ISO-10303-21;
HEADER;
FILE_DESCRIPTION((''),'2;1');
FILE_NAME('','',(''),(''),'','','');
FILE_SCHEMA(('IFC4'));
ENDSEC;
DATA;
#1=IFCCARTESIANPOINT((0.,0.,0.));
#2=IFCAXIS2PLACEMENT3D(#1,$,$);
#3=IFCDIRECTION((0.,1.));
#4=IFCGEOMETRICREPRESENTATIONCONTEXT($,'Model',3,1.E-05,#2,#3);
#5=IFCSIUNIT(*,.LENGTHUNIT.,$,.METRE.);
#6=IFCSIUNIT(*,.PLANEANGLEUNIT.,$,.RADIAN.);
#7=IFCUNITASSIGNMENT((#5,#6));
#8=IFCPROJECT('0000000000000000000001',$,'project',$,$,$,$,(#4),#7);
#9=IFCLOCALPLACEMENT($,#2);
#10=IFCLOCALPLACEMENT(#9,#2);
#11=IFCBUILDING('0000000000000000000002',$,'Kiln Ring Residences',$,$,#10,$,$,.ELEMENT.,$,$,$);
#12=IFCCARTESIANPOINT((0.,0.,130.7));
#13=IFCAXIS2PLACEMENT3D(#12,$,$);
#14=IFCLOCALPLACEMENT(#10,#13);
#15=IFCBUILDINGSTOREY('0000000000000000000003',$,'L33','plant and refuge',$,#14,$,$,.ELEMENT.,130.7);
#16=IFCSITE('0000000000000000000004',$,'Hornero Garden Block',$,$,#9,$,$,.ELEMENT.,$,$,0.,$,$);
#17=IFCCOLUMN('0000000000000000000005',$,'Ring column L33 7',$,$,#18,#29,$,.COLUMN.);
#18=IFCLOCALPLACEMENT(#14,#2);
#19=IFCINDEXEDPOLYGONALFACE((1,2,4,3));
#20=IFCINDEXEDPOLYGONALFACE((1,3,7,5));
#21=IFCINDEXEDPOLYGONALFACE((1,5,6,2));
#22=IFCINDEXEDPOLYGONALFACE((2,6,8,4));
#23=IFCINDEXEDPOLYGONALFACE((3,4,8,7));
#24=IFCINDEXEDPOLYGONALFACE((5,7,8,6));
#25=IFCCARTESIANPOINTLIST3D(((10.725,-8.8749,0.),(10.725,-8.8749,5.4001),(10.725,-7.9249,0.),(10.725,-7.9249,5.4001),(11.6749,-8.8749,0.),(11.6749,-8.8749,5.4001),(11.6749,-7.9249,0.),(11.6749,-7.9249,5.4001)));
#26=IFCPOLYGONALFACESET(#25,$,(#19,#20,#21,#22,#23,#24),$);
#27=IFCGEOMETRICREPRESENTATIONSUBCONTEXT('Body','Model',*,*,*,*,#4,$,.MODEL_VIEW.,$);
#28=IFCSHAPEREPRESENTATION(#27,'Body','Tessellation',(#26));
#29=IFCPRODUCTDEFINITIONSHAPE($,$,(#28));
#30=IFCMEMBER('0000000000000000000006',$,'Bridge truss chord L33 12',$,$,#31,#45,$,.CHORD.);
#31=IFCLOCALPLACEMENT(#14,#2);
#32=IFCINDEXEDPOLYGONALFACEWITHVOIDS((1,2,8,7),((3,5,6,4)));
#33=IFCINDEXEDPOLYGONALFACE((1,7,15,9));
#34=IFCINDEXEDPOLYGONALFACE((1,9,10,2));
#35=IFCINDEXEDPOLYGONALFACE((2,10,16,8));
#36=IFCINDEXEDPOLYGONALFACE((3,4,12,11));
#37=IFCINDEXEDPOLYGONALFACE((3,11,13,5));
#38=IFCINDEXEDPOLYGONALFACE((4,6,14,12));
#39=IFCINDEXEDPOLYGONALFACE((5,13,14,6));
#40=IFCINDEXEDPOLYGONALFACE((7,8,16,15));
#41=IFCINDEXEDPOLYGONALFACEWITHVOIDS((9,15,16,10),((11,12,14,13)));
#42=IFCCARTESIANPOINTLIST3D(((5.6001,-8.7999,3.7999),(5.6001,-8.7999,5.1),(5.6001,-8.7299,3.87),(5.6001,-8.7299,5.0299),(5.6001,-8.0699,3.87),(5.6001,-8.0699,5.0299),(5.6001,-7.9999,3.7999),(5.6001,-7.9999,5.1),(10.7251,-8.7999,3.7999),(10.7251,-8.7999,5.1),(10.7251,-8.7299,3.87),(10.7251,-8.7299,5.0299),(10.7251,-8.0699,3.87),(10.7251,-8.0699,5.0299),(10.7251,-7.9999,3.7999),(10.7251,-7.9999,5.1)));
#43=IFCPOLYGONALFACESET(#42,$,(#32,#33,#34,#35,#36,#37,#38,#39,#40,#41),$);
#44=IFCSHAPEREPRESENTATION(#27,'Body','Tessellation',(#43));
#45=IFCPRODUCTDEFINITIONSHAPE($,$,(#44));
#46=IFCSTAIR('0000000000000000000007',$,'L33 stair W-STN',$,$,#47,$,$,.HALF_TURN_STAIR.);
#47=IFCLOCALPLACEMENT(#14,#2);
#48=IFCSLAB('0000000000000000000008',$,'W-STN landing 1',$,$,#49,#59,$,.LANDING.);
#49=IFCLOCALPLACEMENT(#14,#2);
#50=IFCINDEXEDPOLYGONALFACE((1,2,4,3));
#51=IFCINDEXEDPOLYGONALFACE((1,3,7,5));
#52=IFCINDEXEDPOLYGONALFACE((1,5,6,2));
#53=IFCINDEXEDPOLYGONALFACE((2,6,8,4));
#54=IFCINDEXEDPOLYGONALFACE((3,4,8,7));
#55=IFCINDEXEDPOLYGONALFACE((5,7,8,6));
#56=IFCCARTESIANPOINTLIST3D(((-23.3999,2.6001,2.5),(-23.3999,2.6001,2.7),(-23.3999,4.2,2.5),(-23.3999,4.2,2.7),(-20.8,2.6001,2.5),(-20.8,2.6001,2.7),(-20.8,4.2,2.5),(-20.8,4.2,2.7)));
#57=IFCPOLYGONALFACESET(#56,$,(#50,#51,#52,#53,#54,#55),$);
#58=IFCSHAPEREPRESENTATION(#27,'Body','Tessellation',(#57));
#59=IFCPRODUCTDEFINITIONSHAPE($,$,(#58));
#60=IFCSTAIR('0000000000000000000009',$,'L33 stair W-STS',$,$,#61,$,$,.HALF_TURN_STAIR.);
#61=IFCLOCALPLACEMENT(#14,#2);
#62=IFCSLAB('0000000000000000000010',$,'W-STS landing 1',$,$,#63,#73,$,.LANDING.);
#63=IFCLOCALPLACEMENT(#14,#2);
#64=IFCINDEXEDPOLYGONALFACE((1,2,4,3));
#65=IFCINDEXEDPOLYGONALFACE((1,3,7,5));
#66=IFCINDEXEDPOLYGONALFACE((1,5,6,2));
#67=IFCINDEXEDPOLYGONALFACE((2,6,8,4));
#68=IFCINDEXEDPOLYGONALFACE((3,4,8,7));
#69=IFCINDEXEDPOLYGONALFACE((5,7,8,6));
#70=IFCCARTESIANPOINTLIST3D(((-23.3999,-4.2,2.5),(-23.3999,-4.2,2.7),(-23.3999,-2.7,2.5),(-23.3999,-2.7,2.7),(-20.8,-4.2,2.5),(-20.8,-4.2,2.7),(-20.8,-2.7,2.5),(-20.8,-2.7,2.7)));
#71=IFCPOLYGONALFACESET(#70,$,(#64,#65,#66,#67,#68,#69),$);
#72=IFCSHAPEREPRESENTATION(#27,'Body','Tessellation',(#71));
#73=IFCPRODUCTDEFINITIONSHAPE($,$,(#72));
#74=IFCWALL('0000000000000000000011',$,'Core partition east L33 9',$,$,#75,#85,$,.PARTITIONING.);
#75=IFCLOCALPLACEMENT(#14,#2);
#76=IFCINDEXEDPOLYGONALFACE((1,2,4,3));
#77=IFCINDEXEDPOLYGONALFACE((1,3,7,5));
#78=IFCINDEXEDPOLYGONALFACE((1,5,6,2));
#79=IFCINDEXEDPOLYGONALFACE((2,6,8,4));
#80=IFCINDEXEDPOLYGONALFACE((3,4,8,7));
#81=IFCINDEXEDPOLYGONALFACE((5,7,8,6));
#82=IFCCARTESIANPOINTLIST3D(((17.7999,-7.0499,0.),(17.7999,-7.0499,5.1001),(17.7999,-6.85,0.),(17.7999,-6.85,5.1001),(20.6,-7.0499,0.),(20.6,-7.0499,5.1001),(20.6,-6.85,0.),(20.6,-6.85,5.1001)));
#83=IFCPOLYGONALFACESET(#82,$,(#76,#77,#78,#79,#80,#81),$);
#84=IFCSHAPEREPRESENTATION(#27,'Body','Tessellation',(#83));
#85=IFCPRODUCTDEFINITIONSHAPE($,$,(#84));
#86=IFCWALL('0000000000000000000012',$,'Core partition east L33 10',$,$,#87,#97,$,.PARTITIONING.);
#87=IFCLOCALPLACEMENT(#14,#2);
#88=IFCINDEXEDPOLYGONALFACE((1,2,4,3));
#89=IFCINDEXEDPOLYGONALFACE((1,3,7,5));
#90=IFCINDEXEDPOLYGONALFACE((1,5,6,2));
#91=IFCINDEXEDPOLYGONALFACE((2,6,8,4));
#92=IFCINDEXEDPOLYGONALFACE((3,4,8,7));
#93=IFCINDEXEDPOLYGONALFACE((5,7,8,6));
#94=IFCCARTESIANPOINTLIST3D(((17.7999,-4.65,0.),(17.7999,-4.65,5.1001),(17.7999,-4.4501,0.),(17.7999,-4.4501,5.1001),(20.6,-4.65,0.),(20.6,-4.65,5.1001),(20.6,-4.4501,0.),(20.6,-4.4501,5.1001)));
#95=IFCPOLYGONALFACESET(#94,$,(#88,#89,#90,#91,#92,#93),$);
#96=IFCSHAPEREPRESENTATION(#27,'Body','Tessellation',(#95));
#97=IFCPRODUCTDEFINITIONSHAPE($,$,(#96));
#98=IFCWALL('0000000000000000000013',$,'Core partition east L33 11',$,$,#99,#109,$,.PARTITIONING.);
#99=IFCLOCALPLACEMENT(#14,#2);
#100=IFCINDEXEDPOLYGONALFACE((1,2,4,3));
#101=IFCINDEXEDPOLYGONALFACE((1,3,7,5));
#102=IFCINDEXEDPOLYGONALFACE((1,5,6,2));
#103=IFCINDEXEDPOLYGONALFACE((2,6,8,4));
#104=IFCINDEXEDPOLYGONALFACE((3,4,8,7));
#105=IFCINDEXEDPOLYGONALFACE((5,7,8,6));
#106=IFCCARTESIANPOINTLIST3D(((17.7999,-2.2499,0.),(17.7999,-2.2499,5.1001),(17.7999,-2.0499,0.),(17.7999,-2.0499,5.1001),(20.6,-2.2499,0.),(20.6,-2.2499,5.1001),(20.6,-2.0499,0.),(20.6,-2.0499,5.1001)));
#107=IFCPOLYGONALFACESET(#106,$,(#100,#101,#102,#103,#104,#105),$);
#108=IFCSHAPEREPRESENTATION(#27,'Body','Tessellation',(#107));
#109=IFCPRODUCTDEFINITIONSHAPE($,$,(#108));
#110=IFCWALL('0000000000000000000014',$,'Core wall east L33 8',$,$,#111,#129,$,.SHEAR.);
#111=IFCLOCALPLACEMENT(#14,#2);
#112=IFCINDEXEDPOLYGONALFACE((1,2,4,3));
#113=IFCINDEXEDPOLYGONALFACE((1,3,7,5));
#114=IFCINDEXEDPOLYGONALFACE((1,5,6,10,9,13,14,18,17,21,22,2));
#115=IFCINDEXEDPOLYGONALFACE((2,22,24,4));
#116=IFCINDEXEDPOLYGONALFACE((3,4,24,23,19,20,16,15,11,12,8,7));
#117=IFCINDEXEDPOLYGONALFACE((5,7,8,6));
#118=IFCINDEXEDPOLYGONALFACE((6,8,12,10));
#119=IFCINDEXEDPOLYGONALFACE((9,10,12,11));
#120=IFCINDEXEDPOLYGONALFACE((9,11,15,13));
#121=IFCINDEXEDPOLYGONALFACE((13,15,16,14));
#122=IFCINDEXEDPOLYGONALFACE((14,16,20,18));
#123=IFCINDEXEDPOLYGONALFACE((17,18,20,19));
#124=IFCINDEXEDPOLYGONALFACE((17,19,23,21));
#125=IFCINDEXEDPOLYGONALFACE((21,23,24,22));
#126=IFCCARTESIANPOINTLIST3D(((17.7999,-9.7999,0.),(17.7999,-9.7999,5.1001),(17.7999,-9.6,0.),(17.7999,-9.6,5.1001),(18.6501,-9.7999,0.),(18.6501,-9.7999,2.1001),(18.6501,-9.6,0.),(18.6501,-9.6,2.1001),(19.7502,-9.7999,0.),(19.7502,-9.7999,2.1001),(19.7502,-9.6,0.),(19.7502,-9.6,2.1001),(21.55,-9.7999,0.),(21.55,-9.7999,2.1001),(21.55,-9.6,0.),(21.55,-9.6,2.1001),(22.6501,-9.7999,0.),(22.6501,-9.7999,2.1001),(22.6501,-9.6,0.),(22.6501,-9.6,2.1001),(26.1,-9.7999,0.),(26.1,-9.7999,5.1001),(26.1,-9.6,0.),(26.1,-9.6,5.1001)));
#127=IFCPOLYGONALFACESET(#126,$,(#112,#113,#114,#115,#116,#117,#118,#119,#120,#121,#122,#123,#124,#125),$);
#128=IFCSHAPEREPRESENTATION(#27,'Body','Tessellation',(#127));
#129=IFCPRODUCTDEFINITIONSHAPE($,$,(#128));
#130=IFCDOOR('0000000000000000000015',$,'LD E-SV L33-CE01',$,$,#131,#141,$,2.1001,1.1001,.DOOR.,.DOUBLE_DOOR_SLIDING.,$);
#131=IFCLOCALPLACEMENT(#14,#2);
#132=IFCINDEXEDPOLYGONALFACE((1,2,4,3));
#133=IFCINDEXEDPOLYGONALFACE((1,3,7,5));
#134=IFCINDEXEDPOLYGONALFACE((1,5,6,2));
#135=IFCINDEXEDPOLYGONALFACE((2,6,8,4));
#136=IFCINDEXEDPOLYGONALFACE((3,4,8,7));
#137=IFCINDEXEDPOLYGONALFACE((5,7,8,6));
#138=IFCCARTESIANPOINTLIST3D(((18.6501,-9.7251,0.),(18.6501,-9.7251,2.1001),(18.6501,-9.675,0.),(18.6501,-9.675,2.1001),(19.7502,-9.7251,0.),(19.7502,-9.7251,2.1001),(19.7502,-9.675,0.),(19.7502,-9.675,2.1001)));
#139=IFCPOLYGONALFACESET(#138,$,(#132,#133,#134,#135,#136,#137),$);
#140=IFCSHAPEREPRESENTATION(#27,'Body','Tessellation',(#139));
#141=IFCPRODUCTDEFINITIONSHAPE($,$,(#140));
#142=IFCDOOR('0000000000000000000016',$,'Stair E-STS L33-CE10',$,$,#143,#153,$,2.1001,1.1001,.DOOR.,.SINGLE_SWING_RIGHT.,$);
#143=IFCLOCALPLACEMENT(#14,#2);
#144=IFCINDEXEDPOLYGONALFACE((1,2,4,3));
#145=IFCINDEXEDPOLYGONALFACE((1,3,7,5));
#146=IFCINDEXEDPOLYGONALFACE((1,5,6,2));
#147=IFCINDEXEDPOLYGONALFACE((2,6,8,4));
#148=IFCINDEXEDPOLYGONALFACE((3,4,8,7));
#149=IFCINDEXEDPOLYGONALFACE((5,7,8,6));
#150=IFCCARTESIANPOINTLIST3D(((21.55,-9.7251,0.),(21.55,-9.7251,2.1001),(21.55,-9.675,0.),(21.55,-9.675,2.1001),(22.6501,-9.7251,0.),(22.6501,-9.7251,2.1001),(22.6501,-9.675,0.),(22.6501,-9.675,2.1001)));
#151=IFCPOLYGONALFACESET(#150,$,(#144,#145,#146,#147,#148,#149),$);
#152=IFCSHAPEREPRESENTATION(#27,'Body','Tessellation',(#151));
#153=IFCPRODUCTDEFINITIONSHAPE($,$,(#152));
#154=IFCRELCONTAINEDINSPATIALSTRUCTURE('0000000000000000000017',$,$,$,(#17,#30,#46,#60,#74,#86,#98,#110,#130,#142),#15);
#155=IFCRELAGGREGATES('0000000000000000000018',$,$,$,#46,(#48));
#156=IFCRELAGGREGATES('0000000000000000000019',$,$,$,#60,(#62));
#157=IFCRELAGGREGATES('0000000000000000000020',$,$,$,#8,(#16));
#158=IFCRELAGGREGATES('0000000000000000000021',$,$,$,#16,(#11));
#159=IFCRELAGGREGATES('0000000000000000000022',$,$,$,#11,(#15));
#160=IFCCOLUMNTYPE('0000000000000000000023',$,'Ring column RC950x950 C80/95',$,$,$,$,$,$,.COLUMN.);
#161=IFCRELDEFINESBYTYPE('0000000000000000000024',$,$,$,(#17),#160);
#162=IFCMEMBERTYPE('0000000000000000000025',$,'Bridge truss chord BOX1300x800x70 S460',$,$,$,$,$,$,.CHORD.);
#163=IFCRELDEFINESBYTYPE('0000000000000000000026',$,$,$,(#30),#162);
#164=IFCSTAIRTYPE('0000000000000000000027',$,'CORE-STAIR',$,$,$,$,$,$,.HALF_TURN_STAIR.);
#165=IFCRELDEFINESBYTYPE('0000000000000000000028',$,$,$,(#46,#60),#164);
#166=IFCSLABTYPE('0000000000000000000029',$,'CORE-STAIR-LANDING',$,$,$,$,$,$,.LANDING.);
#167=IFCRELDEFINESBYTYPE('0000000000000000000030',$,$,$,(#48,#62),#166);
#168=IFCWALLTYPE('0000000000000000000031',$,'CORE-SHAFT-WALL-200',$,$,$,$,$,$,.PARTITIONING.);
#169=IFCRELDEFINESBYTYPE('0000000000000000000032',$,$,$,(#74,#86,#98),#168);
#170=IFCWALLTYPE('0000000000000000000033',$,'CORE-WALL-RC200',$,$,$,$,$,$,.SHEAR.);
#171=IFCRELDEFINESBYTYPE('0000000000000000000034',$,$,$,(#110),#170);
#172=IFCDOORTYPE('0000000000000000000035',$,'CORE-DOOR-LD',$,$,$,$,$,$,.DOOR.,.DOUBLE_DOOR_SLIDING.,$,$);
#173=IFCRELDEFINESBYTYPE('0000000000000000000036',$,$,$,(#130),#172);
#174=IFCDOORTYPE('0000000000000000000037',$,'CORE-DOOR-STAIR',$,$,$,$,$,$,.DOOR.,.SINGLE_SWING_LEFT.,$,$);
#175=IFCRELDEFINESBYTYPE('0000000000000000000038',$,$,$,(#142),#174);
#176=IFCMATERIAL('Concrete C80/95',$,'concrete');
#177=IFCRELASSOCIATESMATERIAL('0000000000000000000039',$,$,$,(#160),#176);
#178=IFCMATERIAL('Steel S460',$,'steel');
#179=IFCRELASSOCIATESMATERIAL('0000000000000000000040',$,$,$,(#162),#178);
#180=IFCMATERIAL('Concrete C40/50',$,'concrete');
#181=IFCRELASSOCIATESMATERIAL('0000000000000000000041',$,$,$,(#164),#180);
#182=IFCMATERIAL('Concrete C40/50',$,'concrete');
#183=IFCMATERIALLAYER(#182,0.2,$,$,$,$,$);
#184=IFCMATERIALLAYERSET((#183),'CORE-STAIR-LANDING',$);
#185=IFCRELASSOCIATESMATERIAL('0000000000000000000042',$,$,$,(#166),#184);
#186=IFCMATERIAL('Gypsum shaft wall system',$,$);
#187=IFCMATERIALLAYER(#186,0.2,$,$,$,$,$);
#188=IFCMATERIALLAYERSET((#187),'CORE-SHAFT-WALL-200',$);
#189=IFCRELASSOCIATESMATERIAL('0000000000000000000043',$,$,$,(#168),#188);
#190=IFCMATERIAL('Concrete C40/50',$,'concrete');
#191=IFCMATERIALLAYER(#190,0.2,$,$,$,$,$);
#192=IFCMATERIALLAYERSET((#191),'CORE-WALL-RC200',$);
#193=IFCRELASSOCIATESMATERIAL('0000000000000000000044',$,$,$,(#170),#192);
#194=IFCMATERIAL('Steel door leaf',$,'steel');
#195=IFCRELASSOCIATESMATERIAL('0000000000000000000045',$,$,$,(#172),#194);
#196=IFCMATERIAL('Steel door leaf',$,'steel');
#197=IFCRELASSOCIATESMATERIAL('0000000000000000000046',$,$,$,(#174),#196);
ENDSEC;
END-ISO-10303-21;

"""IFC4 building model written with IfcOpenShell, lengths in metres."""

from ifc_helpers import new_model, si_unit, direction, frame, frame_2d, origin, origin_2d, place, context, subcontext, project, spatial, polyline, rectangle, hollow_rectangle, outline, extrude, material, layer, layer_set, material_profile, profile_set, type_object, element, fill, aggregate, save


model = new_model("IFC4")

# Units and contexts
model_context = context("Model", 3, precision=1e-05, world=origin(), true_north=direction((0.0, 1.0)))
body_context = subcontext(model_context, "Body", "Model", "MODEL_VIEW")
ifc_project = project(units=[si_unit("LENGTHUNIT", "METRE"), si_unit("PLANEANGLEUNIT", "RADIAN")], contexts=[model_context])

# Site, building, storey
site_placement = place(None, origin())
site = spatial("IfcSite", under=ifc_project, at=site_placement, Name="Hornero Garden Block", CompositionType="ELEMENT", RefElevation=0.0)
building_placement = place(site_placement, origin())
building = spatial("IfcBuilding", under=site, at=building_placement, Name="Kiln Ring Residences", CompositionType="ELEMENT")
storey_placement = place(building_placement, frame((0.0, 0.0, 130.7)))
storey = spatial("IfcBuildingStorey", under=building, at=storey_placement, Name="L33", Description="plant and refuge", CompositionType="ELEMENT", Elevation=130.7)

# Column
ifc_material_1 = material(Name="Concrete C80/95", Category="concrete")
ifc_material_profile_1 = material_profile(ifc_material_1, rectangle(XDim=0.95, YDim=0.95, at=origin_2d()), Name="RC950x950")
ifc_profile_set_1 = profile_set([ifc_material_profile_1], Name="Concrete C80/95")
column_type = type_object("IfcColumnType", Name="Ring column RC950x950 C80/95", PredefinedType="COLUMN", material=ifc_profile_set_1)
column_placement = place(storey_placement, frame((11.2, -8.3999, 0.0), z_axis=(0.0, 0.0, 1.0), x_axis=(1.0, 0.0, 0.0)))
element("IfcColumn", 1, at=column_placement, inside=storey, type_object=column_type, Name="Ring column L33 7", PredefinedType="COLUMN", context=body_context, shape_type="SweptSolid", body=[
    extrude(rectangle(XDim=0.95, YDim=0.95, at=origin_2d()), origin(), (0.0, 0.0, 1.0), 5.4001),
])

# Member
ifc_material_2 = material(Name="Steel S460", Category="steel")
ifc_material_profile_2 = material_profile(ifc_material_2, hollow_rectangle(XDim=0.8, YDim=1.3, WallThickness=0.0701, at=origin_2d()), Name="BOX1300x800x70")
ifc_profile_set_2 = profile_set([ifc_material_profile_2], Name="Steel S460")
member_type = type_object("IfcMemberType", Name="Bridge truss chord BOX1300x800x70 S460", PredefinedType="CHORD", material=ifc_profile_set_2)
member_placement = place(storey_placement, frame((5.6001, -8.3999, 4.45), z_axis=(1.0, 0.0, 0.0), x_axis=(0.0, 1.0, 0.0)))
element("IfcMember", 2, at=member_placement, inside=storey, type_object=member_type, Name="Bridge truss chord L33 12", PredefinedType="CHORD", context=body_context, shape_type="SweptSolid", body=[
    extrude(hollow_rectangle(XDim=0.8, YDim=1.3, WallThickness=0.0701, at=origin_2d()), origin(), (0.0, 0.0, 1.0), 5.125),
])

# Stairs, slabs
ifc_material_3 = material(Name="Concrete C40/50", Category="concrete")
stair_type = type_object("IfcStairType", Name="CORE-STAIR", PredefinedType="HALF_TURN_STAIR", material=ifc_material_3)
placement_1 = place(storey_placement, origin())
stair_1 = element("IfcStair", 3, at=placement_1, inside=storey, type_object=stair_type, Name="L33 stair W-STN", PredefinedType="HALF_TURN_STAIR")
ifc_material_4 = material(Name="Concrete C40/50", Category="concrete")
ifc_layer_1 = layer(ifc_material_4, 0.2)
ifc_layer_set_1 = layer_set([ifc_layer_1], Name="CORE-STAIR-LANDING")
slab_type = type_object("IfcSlabType", Name="CORE-STAIR-LANDING", PredefinedType="LANDING", material=ifc_layer_set_1)
placement_2 = place(storey_placement, frame((0.0, 0.0, 2.5)))
slab_1 = element("IfcSlab", 4, at=placement_2, type_object=slab_type, Name="W-STN landing 1", PredefinedType="LANDING", context=body_context, shape_type="SweptSolid", body=[
    extrude(outline(polyline([(-23.3999, 4.2), (-23.3999, 2.6001), (-20.8, 2.6001), (-20.8, 4.2), (-23.3999, 4.2)])), origin(), (0.0, 0.0, 1.0), 0.2),
])
aggregate(stair_1, [slab_1])
stair_2 = element("IfcStair", 5, at=placement_1, inside=storey, type_object=stair_type, Name="L33 stair W-STS", PredefinedType="HALF_TURN_STAIR")
slab_2 = element("IfcSlab", 6, at=placement_2, type_object=slab_type, Name="W-STS landing 1", PredefinedType="LANDING", context=body_context, shape_type="SweptSolid", body=[
    extrude(outline(polyline([(-20.8, -4.2), (-20.8, -2.7), (-23.3999, -2.7), (-23.3999, -4.2), (-20.8, -4.2)])), origin(), (0.0, 0.0, 1.0), 0.2),
])
aggregate(stair_2, [slab_2])

# Walls
ifc_material_5 = material(Name="Gypsum shaft wall system")
ifc_layer_2 = layer(ifc_material_5, 0.2)
ifc_layer_set_2 = layer_set([ifc_layer_2], Name="CORE-SHAFT-WALL-200")
wall_type_1 = type_object("IfcWallType", Name="CORE-SHAFT-WALL-200", PredefinedType="PARTITIONING", material=ifc_layer_set_2)
for number, where, z_axis, x_axis, name in (
    (7, (17.8, -6.95, 0.0), (0.0, 0.0, 1.0), (1.0, 0.0, 0.0), "Core partition east L33 9"),
    (8, (17.8, -4.55, 0.0), (0.0, 0.0, 1.0), (1.0, 0.0, 0.0), "Core partition east L33 10"),
    (9, (17.8, -2.1499, 0.0), (0.0, 0.0, 1.0), (1.0, 0.0, 0.0), "Core partition east L33 11"),
):
    element("IfcWall", number, at=place(storey_placement, frame(where, z_axis=z_axis, x_axis=x_axis)), inside=storey, type_object=wall_type_1, Name=name, PredefinedType="PARTITIONING", context=body_context, shape_type="SweptSolid", body=[
        extrude(rectangle(XDim=2.8, YDim=0.2, at=frame_2d((1.3999, 0.0))), origin(), (0.0, 0.0, 1.0), 5.1001),
    ])

# Wall, openings, doors
ifc_material_6 = material(Name="Concrete C40/50", Category="concrete")
ifc_layer_3 = layer(ifc_material_6, 0.2)
ifc_layer_set_3 = layer_set([ifc_layer_3], Name="CORE-WALL-RC200")
wall_type_2 = type_object("IfcWallType", Name="CORE-WALL-RC200", PredefinedType="SHEAR", material=ifc_layer_set_3)
wall_1_placement = place(storey_placement, frame((17.8, -9.7, 0.0), z_axis=(0.0, 0.0, 1.0), x_axis=(1.0, 0.0, 0.0)))
wall_1 = element("IfcWall", 10, at=wall_1_placement, inside=storey, type_object=wall_type_2, Name="Core wall east L33 8", PredefinedType="SHEAR", context=body_context, shape_type="SweptSolid", body=[
    extrude(rectangle(XDim=8.3, YDim=0.2, at=frame_2d((4.1499, 0.0))), origin(), (0.0, 0.0, 1.0), 5.1001),
])
opening_1_placement = place(wall_1_placement, frame((0.8501, 0.0, 0.0)))
opening_1 = element("IfcOpeningElement", 11, at=opening_1_placement, cuts=wall_1, PredefinedType="OPENING", context=body_context, shape_type="SweptSolid", body=[
    extrude(rectangle(XDim=1.1001, YDim=2.1001, at=frame_2d((0.55, 1.05))), frame((0.0, 0.1099, 0.0), z_axis=(0.0, -1.0, 0.0), x_axis=(1.0, 0.0, 0.0)), (0.0, 0.0, 1.0), 0.22),
])
opening_2_placement = place(wall_1_placement, frame((3.75, 0.0, 0.0)))
opening_2 = element("IfcOpeningElement", 12, at=opening_2_placement, cuts=wall_1, PredefinedType="OPENING", context=body_context, shape_type="SweptSolid", body=[
    extrude(rectangle(XDim=1.1001, YDim=2.1001, at=frame_2d((0.55, 1.05))), frame((0.0, 0.1099, 0.0), z_axis=(0.0, -1.0, 0.0), x_axis=(1.0, 0.0, 0.0)), (0.0, 0.0, 1.0), 0.22),
])
ifc_material_7 = material(Name="Steel door leaf", Category="steel")
door_type_1 = type_object("IfcDoorType", Name="CORE-DOOR-LD", OperationType="DOUBLE_DOOR_SLIDING", PredefinedType="DOOR", material=ifc_material_7)
door_1_placement = place(opening_1_placement, origin())
door_1 = element("IfcDoor", 13, at=door_1_placement, inside=storey, type_object=door_type_1, Name="LD E-SV L33-CE01", OperationType="DOUBLE_DOOR_SLIDING", OverallHeight=2.1001, OverallWidth=1.1001, PredefinedType="DOOR", context=body_context, shape_type="SweptSolid", body=[
    extrude(rectangle(XDim=1.1001, YDim=2.1001, at=frame_2d((0.55, 1.05))), frame((0.0, 0.0249, 0.0), z_axis=(0.0, -1.0, 0.0), x_axis=(1.0, 0.0, 0.0)), (0.0, 0.0, 1.0), 0.05),
])
fill(opening_1, door_1)
ifc_material_8 = material(Name="Steel door leaf", Category="steel")
door_type_2 = type_object("IfcDoorType", Name="CORE-DOOR-STAIR", OperationType="SINGLE_SWING_LEFT", PredefinedType="DOOR", material=ifc_material_8)
door_2_placement = place(opening_2_placement, origin())
door_2 = element("IfcDoor", 14, at=door_2_placement, inside=storey, type_object=door_type_2, Name="Stair E-STS L33-CE10", OperationType="SINGLE_SWING_RIGHT", OverallHeight=2.1001, OverallWidth=1.1001, PredefinedType="DOOR", context=body_context, shape_type="SweptSolid", body=[
    extrude(rectangle(XDim=1.1001, YDim=2.1001, at=frame_2d((0.55, 1.05))), frame((0.0, 0.0249, 0.0), z_axis=(0.0, -1.0, 0.0), x_axis=(1.0, 0.0, 0.0)), (0.0, 0.0, 1.0), 0.05),
])
fill(opening_2, door_2)

save(model, "model.ifc")
